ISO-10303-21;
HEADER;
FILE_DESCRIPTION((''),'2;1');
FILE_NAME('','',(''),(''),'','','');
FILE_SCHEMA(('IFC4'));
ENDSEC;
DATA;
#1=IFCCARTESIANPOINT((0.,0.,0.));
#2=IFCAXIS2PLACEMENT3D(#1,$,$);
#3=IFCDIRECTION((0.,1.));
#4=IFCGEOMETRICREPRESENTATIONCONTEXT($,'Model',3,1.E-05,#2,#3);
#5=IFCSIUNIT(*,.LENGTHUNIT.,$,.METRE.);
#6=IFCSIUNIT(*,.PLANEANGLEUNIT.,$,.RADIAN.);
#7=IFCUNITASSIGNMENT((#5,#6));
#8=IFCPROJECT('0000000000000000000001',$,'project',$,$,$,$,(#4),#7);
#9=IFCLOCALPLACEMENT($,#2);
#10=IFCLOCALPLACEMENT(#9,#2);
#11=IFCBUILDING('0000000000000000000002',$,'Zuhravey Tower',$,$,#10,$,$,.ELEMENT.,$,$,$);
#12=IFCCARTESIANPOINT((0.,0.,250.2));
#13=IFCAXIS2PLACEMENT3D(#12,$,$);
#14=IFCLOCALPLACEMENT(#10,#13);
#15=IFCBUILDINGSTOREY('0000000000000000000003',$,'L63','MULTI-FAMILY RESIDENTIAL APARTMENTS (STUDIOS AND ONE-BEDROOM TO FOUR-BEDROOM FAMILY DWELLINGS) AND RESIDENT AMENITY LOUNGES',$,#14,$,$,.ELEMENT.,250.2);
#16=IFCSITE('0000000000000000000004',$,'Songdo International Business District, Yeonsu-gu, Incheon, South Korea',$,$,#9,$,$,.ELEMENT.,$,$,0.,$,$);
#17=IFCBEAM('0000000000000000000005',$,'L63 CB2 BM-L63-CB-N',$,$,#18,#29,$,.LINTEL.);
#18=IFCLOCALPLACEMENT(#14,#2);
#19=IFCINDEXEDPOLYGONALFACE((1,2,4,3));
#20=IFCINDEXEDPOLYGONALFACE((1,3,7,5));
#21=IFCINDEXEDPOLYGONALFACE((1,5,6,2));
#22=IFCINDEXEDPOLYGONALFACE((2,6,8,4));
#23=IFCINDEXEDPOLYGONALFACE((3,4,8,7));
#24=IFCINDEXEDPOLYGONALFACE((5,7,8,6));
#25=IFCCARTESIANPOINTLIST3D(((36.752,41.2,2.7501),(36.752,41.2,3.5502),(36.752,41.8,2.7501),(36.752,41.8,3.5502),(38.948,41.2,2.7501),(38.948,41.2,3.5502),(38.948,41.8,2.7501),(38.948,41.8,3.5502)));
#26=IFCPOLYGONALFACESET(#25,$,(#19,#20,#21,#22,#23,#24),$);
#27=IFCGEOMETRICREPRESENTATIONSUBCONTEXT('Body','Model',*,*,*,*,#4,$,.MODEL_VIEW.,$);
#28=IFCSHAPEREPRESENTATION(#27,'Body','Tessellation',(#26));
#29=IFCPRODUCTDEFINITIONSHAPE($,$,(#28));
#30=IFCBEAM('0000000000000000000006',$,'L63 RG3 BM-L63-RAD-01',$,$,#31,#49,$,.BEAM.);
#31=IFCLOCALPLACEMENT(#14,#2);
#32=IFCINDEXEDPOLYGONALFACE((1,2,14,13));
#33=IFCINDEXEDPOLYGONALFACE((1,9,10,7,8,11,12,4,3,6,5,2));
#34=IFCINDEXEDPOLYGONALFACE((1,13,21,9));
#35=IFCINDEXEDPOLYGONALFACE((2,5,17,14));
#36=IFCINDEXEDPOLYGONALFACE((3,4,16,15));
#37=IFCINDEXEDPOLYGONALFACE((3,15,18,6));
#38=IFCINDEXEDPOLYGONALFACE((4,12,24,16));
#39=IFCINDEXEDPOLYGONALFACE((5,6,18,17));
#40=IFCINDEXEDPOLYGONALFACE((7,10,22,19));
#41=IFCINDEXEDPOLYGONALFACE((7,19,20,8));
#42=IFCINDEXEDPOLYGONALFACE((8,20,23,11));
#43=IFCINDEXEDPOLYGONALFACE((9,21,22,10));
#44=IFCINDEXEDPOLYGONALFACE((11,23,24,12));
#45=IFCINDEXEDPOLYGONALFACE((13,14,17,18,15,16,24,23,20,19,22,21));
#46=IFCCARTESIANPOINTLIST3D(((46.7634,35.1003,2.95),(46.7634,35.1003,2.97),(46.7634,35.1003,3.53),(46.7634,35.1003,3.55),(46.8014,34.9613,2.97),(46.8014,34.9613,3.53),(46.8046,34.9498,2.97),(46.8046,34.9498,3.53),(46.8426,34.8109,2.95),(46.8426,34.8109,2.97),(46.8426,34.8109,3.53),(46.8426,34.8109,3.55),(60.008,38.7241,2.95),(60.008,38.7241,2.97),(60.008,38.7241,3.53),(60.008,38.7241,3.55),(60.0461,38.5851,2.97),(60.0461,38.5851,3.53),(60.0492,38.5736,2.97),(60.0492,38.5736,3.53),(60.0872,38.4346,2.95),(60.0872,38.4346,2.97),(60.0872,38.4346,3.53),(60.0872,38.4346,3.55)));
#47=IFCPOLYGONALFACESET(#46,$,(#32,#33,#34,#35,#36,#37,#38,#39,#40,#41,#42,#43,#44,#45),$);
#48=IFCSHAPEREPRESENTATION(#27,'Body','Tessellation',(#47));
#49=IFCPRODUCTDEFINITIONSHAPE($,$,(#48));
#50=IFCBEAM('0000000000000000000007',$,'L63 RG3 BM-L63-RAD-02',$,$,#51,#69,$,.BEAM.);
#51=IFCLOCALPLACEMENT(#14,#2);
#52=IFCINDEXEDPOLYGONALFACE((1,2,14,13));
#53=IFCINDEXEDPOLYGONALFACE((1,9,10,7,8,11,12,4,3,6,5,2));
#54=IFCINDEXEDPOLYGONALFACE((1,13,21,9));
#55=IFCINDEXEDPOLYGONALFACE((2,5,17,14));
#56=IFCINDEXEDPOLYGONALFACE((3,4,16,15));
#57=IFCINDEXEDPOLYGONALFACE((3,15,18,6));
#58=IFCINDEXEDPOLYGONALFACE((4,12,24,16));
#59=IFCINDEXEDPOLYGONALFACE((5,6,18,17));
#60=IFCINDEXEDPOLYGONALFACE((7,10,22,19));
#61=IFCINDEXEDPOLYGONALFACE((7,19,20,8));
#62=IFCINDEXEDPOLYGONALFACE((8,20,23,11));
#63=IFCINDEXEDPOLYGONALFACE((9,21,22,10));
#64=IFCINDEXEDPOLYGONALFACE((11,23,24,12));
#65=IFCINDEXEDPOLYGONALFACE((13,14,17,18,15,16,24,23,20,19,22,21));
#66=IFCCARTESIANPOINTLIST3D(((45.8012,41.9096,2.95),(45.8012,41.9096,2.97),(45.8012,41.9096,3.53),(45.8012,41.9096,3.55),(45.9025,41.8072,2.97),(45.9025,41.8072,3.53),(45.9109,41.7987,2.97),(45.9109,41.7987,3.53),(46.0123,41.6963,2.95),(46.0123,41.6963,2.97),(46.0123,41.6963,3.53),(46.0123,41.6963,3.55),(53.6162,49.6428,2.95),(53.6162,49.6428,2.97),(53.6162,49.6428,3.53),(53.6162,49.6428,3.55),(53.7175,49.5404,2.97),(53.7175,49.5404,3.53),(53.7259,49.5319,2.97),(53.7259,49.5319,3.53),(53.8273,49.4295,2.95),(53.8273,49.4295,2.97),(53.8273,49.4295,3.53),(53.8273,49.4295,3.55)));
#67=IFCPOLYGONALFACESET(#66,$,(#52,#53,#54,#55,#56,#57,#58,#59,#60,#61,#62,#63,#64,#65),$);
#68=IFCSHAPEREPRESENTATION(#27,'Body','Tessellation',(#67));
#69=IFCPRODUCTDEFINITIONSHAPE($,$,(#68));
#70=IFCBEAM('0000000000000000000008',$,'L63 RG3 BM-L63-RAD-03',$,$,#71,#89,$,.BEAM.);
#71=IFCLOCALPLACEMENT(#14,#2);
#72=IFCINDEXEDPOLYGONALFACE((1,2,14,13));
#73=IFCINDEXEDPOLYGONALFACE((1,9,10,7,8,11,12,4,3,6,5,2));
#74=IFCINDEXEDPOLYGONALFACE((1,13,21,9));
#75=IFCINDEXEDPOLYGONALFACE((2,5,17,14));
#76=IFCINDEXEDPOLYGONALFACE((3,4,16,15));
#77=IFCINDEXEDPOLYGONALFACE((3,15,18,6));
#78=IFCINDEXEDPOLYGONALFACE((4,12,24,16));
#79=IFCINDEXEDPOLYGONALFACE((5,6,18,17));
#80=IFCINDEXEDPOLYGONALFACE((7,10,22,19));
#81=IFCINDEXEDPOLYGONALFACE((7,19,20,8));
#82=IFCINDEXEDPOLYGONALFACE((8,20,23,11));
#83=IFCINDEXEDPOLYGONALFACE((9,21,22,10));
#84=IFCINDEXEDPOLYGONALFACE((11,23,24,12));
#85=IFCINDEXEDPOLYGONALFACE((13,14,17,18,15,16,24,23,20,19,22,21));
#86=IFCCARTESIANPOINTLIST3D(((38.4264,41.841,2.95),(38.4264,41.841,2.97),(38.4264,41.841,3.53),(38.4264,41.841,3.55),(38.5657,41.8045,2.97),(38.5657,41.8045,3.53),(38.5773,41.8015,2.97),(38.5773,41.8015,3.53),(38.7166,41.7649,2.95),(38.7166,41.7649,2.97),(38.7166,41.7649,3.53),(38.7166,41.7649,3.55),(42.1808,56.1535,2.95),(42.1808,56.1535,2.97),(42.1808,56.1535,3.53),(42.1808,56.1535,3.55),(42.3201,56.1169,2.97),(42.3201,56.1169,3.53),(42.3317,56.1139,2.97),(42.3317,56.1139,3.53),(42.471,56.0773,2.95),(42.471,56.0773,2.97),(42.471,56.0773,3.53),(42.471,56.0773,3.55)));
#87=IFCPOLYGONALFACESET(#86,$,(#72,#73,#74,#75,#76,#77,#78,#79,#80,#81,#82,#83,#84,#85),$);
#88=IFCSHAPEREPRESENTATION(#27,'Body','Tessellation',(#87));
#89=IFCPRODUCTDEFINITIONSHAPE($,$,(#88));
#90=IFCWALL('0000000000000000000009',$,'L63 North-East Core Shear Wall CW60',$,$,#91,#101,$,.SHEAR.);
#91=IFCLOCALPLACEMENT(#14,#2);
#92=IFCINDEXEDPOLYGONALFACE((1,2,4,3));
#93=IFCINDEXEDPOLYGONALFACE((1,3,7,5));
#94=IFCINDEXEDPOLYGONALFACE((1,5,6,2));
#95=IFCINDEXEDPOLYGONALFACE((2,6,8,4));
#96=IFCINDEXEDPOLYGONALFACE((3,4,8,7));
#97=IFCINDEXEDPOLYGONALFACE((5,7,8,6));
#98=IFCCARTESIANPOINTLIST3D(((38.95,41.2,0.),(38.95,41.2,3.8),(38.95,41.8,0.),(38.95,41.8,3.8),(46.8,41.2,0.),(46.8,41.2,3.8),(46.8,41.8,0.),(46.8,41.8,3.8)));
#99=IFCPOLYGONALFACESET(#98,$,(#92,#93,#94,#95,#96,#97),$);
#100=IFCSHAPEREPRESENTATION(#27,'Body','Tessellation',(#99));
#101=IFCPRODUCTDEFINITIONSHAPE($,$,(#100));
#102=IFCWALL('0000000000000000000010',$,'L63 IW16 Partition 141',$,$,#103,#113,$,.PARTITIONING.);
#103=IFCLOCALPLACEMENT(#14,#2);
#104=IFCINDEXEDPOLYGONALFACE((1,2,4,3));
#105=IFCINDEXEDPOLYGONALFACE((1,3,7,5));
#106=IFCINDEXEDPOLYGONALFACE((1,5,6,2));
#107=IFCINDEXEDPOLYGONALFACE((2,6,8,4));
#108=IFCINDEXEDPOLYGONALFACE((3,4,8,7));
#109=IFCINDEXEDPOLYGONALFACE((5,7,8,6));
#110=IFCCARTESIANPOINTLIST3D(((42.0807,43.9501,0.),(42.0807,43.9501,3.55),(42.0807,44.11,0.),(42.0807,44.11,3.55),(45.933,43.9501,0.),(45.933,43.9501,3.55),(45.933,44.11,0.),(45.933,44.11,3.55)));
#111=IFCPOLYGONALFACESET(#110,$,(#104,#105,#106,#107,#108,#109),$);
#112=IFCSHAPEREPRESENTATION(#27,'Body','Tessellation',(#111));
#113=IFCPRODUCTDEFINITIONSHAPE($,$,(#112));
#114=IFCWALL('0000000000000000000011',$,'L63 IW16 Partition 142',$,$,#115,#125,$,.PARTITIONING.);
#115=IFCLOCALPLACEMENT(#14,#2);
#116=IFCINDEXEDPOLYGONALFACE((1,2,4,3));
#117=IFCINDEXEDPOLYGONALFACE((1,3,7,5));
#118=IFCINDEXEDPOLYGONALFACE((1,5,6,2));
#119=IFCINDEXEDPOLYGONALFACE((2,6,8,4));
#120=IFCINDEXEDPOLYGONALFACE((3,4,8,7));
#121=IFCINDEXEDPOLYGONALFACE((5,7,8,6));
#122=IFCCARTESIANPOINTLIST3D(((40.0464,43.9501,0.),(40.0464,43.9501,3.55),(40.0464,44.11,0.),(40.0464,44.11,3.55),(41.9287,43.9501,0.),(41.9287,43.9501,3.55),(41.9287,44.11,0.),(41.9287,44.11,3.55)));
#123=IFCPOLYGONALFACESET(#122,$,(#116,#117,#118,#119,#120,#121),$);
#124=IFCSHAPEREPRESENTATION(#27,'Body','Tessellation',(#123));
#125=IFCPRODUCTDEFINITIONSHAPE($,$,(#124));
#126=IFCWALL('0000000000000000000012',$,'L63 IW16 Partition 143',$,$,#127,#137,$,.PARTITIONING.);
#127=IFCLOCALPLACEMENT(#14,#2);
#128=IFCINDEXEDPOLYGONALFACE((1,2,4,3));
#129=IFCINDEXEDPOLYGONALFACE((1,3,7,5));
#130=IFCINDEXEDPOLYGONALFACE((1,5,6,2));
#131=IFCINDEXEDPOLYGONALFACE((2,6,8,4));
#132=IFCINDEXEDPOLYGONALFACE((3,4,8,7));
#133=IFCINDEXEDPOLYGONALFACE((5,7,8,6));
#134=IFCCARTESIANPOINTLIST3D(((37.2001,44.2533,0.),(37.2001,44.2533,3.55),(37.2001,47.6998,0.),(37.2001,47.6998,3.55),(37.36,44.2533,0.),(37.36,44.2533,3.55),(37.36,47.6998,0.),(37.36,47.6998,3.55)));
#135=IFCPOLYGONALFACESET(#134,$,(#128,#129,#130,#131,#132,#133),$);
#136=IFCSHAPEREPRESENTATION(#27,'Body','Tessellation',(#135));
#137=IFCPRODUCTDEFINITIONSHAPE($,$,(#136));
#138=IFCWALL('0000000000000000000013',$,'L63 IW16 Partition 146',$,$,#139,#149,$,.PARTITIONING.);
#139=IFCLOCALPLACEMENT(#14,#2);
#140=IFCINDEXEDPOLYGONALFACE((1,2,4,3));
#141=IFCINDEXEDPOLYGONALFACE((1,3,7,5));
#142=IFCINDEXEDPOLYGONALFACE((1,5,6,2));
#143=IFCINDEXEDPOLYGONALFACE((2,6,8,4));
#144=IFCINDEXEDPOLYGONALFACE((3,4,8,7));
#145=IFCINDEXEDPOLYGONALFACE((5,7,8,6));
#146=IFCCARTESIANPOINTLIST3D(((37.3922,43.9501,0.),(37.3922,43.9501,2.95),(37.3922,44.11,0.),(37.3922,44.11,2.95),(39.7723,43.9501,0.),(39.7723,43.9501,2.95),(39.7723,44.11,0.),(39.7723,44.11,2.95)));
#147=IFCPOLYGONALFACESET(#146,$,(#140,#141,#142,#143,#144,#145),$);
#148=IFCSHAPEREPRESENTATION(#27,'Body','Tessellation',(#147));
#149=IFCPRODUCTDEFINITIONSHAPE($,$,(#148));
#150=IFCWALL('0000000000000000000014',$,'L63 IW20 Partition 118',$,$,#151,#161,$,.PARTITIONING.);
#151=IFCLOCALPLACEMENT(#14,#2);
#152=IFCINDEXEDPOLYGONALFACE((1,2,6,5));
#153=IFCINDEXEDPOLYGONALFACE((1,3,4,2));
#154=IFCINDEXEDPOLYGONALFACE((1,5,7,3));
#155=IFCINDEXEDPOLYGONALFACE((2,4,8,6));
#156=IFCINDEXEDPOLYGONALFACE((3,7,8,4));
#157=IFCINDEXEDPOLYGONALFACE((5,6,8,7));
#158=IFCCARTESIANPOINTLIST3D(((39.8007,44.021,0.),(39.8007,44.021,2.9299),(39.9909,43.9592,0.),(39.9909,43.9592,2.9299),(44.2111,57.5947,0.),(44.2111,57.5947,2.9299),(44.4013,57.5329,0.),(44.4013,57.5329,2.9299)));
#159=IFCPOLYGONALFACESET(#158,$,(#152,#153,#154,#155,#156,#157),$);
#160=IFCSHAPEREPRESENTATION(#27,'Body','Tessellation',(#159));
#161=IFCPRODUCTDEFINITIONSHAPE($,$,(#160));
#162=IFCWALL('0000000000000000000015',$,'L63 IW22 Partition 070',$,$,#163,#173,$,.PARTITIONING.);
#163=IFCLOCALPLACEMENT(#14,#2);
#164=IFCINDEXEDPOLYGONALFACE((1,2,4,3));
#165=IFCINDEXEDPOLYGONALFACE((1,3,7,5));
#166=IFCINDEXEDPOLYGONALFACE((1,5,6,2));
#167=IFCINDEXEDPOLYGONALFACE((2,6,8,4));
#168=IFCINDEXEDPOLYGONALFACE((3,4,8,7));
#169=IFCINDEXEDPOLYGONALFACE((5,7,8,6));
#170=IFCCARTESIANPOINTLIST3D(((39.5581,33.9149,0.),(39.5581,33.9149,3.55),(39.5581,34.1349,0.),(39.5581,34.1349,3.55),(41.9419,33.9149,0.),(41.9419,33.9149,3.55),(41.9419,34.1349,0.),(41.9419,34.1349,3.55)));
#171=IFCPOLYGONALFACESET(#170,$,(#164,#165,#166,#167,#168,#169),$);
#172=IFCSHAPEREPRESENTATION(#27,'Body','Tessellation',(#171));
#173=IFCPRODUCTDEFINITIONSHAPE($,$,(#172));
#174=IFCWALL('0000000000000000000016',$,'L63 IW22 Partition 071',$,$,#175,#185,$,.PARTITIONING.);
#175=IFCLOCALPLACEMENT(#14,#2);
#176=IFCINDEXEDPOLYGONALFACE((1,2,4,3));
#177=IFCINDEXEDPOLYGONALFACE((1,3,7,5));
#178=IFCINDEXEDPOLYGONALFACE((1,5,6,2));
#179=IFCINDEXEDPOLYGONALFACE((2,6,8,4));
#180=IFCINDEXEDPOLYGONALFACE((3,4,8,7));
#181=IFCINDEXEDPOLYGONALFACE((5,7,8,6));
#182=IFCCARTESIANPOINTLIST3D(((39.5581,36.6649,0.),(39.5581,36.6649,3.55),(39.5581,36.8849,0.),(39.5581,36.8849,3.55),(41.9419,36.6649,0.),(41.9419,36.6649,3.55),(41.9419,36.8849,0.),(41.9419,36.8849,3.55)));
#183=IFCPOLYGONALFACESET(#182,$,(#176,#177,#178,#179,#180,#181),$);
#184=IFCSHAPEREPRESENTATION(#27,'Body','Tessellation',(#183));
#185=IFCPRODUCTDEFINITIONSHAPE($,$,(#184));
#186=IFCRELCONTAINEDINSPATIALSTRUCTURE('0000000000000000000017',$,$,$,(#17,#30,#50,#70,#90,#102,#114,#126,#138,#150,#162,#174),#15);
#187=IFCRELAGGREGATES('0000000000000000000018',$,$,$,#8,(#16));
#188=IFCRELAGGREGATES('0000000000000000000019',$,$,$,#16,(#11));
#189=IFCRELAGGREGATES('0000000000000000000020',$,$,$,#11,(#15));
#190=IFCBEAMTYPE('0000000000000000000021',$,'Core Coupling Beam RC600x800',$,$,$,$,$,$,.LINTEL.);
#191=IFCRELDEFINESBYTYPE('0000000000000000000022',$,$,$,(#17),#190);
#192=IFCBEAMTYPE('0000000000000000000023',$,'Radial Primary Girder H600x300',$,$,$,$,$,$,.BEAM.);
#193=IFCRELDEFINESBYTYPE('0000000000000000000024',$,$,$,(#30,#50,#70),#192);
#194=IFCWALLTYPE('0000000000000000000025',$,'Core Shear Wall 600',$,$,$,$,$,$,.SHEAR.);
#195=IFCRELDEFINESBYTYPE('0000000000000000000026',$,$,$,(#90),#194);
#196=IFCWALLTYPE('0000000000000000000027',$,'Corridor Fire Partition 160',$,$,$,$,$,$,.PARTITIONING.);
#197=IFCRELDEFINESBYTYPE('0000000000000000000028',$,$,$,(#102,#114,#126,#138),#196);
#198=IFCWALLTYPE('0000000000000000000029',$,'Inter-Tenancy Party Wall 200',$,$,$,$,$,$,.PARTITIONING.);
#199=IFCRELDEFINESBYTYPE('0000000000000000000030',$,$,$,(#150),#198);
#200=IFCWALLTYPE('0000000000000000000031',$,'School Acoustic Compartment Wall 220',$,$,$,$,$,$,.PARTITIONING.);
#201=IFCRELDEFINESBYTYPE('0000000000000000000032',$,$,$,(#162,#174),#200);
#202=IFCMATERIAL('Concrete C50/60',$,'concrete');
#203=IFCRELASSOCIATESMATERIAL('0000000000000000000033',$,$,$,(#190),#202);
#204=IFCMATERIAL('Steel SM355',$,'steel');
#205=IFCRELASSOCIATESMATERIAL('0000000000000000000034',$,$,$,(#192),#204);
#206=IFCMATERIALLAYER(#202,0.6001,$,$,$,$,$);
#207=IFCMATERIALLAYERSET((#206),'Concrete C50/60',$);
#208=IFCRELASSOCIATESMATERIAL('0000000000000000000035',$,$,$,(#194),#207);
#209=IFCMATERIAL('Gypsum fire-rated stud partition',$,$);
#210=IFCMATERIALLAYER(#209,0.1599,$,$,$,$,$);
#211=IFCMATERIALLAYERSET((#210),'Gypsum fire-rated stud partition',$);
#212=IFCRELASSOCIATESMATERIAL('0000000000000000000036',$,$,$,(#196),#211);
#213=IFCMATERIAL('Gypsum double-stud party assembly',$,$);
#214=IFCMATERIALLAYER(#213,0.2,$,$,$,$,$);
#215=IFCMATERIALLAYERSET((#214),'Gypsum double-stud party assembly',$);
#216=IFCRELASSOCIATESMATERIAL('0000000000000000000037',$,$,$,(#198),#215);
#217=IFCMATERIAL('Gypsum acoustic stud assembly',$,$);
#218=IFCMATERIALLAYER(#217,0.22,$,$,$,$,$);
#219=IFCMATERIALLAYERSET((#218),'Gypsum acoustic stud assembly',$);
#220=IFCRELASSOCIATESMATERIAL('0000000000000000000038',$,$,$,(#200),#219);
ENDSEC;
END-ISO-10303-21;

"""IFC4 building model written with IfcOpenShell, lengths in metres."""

from ifc_helpers import new_model, si_unit, direction, frame, frame_2d, origin, origin_2d, place, context, subcontext, project, spatial, rectangle, i_section, extrude, material, layer, layer_set, material_profile, profile_set, type_object, element, save


model = new_model("IFC4")

# Units and contexts
model_context = context("Model", 3, precision=1e-05, world=origin(), true_north=direction((0.0, 1.0)))
body_context = subcontext(model_context, "Body", "Model", "MODEL_VIEW")
ifc_project = project(units=[si_unit("LENGTHUNIT", "METRE"), si_unit("PLANEANGLEUNIT", "RADIAN")], contexts=[model_context])

# Site, building, storey
site_placement = place(None, origin())
site = spatial("IfcSite", under=ifc_project, at=site_placement, Name="Songdo International Business District, Yeonsu-gu, Incheon, South Korea", CompositionType="ELEMENT", RefElevation=0.0)
building_placement = place(site_placement, origin())
building = spatial("IfcBuilding", under=site, at=building_placement, Name="Zuhravey Tower", CompositionType="ELEMENT")
storey_placement = place(building_placement, frame((0.0, 0.0, 250.2)))
storey = spatial("IfcBuildingStorey", under=building, at=storey_placement, Name="L63", Description="MULTI-FAMILY RESIDENTIAL APARTMENTS (STUDIOS AND ONE-BEDROOM TO FOUR-BEDROOM FAMILY DWELLINGS) AND RESIDENT AMENITY LOUNGES", CompositionType="ELEMENT", Elevation=250.2)

# Beams
ifc_material_1 = material(Name="Concrete C50/60", Category="concrete")
ifc_material_profile_1 = material_profile(ifc_material_1, rectangle(XDim=0.6001, YDim=0.8, at=origin_2d()), Name="RC-600x800")
ifc_profile_set_1 = profile_set([ifc_material_profile_1], Name="Concrete C50/60")
beam_type_1 = type_object("IfcBeamType", Name="Core Coupling Beam RC600x800", PredefinedType="LINTEL", material=ifc_profile_set_1)
beam_1_placement = place(storey_placement, frame((36.752, 41.5, 3.1501), z_axis=(1.0, 0.0, 0.0), x_axis=(0.0, 1.0, 0.0)))
element("IfcBeam", 1, at=beam_1_placement, inside=storey, type_object=beam_type_1, Name="L63 CB2 BM-L63-CB-N", PredefinedType="LINTEL", context=body_context, shape_type="SweptSolid", body=[
    extrude(rectangle(XDim=0.6001, YDim=0.8, at=origin_2d()), origin(), (0.0, 0.0, 1.0), 2.196),
])
ifc_material_2 = material(Name="Steel SM355", Category="steel")
ifc_material_profile_2 = material_profile(ifc_material_2, i_section(OverallWidth=0.3, OverallDepth=0.6001, WebThickness=0.012, FlangeThickness=0.02, at=origin_2d()), Name="H-600x300x12x20")
ifc_profile_set_2 = profile_set([ifc_material_profile_2], Name="Steel SM355")
beam_type_2 = type_object("IfcBeamType", Name="Radial Primary Girder H600x300", PredefinedType="BEAM", material=ifc_profile_set_2)
beam_2_placement = place(storey_placement, frame((46.803, 34.9556, 3.25), z_axis=(0.964549, 0.263904, 0.0), x_axis=(-0.263904, 0.964549, 0.0)))
element("IfcBeam", 2, at=beam_2_placement, inside=storey, type_object=beam_type_2, Name="L63 RG3 BM-L63-RAD-01", PredefinedType="BEAM", context=body_context, shape_type="SweptSolid", body=[
    extrude(i_section(OverallWidth=0.3, OverallDepth=0.6001, WebThickness=0.012, FlangeThickness=0.02, at=origin_2d()), origin(), (0.0, 0.0, 1.0), 13.7314),
])
beam_3_placement = place(storey_placement, frame((45.9067, 41.803, 3.25), z_axis=(0.710817, 0.703377, 0.0), x_axis=(-0.703377, 0.710817, 0.0)))
element("IfcBeam", 3, at=beam_3_placement, inside=storey, type_object=beam_type_2, Name="L63 RG3 BM-L63-RAD-02", PredefinedType="BEAM", context=body_context, shape_type="SweptSolid", body=[
    extrude(i_section(OverallWidth=0.3, OverallDepth=0.6001, WebThickness=0.012, FlangeThickness=0.02, at=origin_2d()), origin(), (0.0, 0.0, 1.0), 10.9944),
])
beam_4_placement = place(storey_placement, frame((38.5715, 41.803, 3.25), z_axis=(0.253731, 0.967275, 0.0), x_axis=(-0.967275, 0.253731, 0.0)))
element("IfcBeam", 4, at=beam_4_placement, inside=storey, type_object=beam_type_2, Name="L63 RG3 BM-L63-RAD-03", PredefinedType="BEAM", context=body_context, shape_type="SweptSolid", body=[
    extrude(i_section(OverallWidth=0.3, OverallDepth=0.6001, WebThickness=0.012, FlangeThickness=0.02, at=origin_2d()), origin(), (0.0, 0.0, 1.0), 14.7966),
])

# Wall
ifc_layer_1 = layer(ifc_material_1, 0.6001)
ifc_layer_set_1 = layer_set([ifc_layer_1], Name="Concrete C50/60")
wall_type_1 = type_object("IfcWallType", Name="Core Shear Wall 600", PredefinedType="SHEAR", material=ifc_layer_set_1)
wall_1_placement = place(storey_placement, frame((46.8, 41.5, 0.0), z_axis=(0.0, 0.0, 1.0), x_axis=(-1.0, 0.0, 0.0)))
element("IfcWall", 5, at=wall_1_placement, inside=storey, type_object=wall_type_1, Name="L63 North-East Core Shear Wall CW60", PredefinedType="SHEAR", context=body_context, shape_type="SweptSolid", body=[
    extrude(rectangle(XDim=7.8501, YDim=0.6001, at=frame_2d((3.925, 0.0))), origin(), (0.0, 0.0, 1.0), 3.8),
])

# Walls
ifc_material_3 = material(Name="Gypsum fire-rated stud partition")
ifc_layer_2 = layer(ifc_material_3, 0.1599)
ifc_layer_set_2 = layer_set([ifc_layer_2], Name="Gypsum fire-rated stud partition")
wall_type_2 = type_object("IfcWallType", Name="Corridor Fire Partition 160", PredefinedType="PARTITIONING", material=ifc_layer_set_2)
wall_2_placement = place(storey_placement, frame((45.9331, 44.03, 0.0), z_axis=(0.0, 0.0, 1.0), x_axis=(-1.0, 0.0, 0.0)))
element("IfcWall", 6, at=wall_2_placement, inside=storey, type_object=wall_type_2, Name="L63 IW16 Partition 141", PredefinedType="PARTITIONING", context=body_context, shape_type="SweptSolid", body=[
    extrude(rectangle(XDim=3.8523, YDim=0.1599, at=frame_2d((1.9263, 0.0))), origin(), (0.0, 0.0, 1.0), 3.55),
])
wall_3_placement = place(storey_placement, frame((41.9287, 44.03, 0.0), z_axis=(0.0, 0.0, 1.0), x_axis=(-1.0, 0.0, 0.0)))
element("IfcWall", 7, at=wall_3_placement, inside=storey, type_object=wall_type_2, Name="L63 IW16 Partition 142", PredefinedType="PARTITIONING", context=body_context, shape_type="SweptSolid", body=[
    extrude(rectangle(XDim=1.8823, YDim=0.1599, at=frame_2d((0.9412, 0.0))), origin(), (0.0, 0.0, 1.0), 3.55),
])
wall_4_placement = place(storey_placement, frame((37.28, 44.2534, 0.0), z_axis=(0.0, 0.0, 1.0), x_axis=(0.0, 1.0, 0.0)))
element("IfcWall", 8, at=wall_4_placement, inside=storey, type_object=wall_type_2, Name="L63 IW16 Partition 143", PredefinedType="PARTITIONING", context=body_context, shape_type="SweptSolid", body=[
    extrude(rectangle(XDim=3.4465, YDim=0.1599, at=frame_2d((1.7231, 0.0))), origin(), (0.0, 0.0, 1.0), 3.55),
])
wall_5_placement = place(storey_placement, frame((39.7722, 44.03, 0.0), z_axis=(0.0, 0.0, 1.0), x_axis=(-1.0, 0.0, 0.0)))
element("IfcWall", 9, at=wall_5_placement, inside=storey, type_object=wall_type_2, Name="L63 IW16 Partition 146", PredefinedType="PARTITIONING", context=body_context, shape_type="SweptSolid", body=[
    extrude(rectangle(XDim=2.3801, YDim=0.1599, at=frame_2d((1.1899, 0.0))), origin(), (0.0, 0.0, 1.0), 2.95),
])

# Walls
ifc_material_4 = material(Name="Gypsum double-stud party assembly")
ifc_layer_3 = layer(ifc_material_4, 0.2)
ifc_layer_set_3 = layer_set([ifc_layer_3], Name="Gypsum double-stud party assembly")
wall_type_3 = type_object("IfcWallType", Name="Inter-Tenancy Party Wall 200", PredefinedType="PARTITIONING", material=ifc_layer_set_3)
wall_6_placement = place(storey_placement, frame((39.8958, 43.99, 0.0), z_axis=(0.0, 0.0, 1.0), x_axis=(0.309019, 0.951056, 0.0)))
element("IfcWall", 10, at=wall_6_placement, inside=storey, type_object=wall_type_3, Name="L63 IW20 Partition 118", PredefinedType="PARTITIONING", context=body_context, shape_type="SweptSolid", body=[
    extrude(rectangle(XDim=14.2722, YDim=0.2, at=frame_2d((7.1362, 0.0))), origin(), (0.0, 0.0, 1.0), 2.9299),
])
ifc_material_5 = material(Name="Gypsum acoustic stud assembly")
ifc_layer_4 = layer(ifc_material_5, 0.22)
ifc_layer_set_4 = layer_set([ifc_layer_4], Name="Gypsum acoustic stud assembly")
wall_type_4 = type_object("IfcWallType", Name="School Acoustic Compartment Wall 220", PredefinedType="PARTITIONING", material=ifc_layer_set_4)
for number, where, z_axis, x_axis, name in (
    (11, (39.5581, 34.0249, 0.0), (0.0, 0.0, 1.0), (1.0, 0.0, 0.0), "L63 IW22 Partition 070"),
    (12, (39.5581, 36.7749, 0.0), (0.0, 0.0, 1.0), (1.0, 0.0, 0.0), "L63 IW22 Partition 071"),
):
    element("IfcWall", number, at=place(storey_placement, frame(where, z_axis=z_axis, x_axis=x_axis)), inside=storey, type_object=wall_type_4, Name=name, PredefinedType="PARTITIONING", context=body_context, shape_type="SweptSolid", body=[
        extrude(rectangle(XDim=2.3838, YDim=0.22, at=frame_2d((1.1919, 0.0))), origin(), (0.0, 0.0, 1.0), 3.55),
    ])

save(model, "model.ifc")
